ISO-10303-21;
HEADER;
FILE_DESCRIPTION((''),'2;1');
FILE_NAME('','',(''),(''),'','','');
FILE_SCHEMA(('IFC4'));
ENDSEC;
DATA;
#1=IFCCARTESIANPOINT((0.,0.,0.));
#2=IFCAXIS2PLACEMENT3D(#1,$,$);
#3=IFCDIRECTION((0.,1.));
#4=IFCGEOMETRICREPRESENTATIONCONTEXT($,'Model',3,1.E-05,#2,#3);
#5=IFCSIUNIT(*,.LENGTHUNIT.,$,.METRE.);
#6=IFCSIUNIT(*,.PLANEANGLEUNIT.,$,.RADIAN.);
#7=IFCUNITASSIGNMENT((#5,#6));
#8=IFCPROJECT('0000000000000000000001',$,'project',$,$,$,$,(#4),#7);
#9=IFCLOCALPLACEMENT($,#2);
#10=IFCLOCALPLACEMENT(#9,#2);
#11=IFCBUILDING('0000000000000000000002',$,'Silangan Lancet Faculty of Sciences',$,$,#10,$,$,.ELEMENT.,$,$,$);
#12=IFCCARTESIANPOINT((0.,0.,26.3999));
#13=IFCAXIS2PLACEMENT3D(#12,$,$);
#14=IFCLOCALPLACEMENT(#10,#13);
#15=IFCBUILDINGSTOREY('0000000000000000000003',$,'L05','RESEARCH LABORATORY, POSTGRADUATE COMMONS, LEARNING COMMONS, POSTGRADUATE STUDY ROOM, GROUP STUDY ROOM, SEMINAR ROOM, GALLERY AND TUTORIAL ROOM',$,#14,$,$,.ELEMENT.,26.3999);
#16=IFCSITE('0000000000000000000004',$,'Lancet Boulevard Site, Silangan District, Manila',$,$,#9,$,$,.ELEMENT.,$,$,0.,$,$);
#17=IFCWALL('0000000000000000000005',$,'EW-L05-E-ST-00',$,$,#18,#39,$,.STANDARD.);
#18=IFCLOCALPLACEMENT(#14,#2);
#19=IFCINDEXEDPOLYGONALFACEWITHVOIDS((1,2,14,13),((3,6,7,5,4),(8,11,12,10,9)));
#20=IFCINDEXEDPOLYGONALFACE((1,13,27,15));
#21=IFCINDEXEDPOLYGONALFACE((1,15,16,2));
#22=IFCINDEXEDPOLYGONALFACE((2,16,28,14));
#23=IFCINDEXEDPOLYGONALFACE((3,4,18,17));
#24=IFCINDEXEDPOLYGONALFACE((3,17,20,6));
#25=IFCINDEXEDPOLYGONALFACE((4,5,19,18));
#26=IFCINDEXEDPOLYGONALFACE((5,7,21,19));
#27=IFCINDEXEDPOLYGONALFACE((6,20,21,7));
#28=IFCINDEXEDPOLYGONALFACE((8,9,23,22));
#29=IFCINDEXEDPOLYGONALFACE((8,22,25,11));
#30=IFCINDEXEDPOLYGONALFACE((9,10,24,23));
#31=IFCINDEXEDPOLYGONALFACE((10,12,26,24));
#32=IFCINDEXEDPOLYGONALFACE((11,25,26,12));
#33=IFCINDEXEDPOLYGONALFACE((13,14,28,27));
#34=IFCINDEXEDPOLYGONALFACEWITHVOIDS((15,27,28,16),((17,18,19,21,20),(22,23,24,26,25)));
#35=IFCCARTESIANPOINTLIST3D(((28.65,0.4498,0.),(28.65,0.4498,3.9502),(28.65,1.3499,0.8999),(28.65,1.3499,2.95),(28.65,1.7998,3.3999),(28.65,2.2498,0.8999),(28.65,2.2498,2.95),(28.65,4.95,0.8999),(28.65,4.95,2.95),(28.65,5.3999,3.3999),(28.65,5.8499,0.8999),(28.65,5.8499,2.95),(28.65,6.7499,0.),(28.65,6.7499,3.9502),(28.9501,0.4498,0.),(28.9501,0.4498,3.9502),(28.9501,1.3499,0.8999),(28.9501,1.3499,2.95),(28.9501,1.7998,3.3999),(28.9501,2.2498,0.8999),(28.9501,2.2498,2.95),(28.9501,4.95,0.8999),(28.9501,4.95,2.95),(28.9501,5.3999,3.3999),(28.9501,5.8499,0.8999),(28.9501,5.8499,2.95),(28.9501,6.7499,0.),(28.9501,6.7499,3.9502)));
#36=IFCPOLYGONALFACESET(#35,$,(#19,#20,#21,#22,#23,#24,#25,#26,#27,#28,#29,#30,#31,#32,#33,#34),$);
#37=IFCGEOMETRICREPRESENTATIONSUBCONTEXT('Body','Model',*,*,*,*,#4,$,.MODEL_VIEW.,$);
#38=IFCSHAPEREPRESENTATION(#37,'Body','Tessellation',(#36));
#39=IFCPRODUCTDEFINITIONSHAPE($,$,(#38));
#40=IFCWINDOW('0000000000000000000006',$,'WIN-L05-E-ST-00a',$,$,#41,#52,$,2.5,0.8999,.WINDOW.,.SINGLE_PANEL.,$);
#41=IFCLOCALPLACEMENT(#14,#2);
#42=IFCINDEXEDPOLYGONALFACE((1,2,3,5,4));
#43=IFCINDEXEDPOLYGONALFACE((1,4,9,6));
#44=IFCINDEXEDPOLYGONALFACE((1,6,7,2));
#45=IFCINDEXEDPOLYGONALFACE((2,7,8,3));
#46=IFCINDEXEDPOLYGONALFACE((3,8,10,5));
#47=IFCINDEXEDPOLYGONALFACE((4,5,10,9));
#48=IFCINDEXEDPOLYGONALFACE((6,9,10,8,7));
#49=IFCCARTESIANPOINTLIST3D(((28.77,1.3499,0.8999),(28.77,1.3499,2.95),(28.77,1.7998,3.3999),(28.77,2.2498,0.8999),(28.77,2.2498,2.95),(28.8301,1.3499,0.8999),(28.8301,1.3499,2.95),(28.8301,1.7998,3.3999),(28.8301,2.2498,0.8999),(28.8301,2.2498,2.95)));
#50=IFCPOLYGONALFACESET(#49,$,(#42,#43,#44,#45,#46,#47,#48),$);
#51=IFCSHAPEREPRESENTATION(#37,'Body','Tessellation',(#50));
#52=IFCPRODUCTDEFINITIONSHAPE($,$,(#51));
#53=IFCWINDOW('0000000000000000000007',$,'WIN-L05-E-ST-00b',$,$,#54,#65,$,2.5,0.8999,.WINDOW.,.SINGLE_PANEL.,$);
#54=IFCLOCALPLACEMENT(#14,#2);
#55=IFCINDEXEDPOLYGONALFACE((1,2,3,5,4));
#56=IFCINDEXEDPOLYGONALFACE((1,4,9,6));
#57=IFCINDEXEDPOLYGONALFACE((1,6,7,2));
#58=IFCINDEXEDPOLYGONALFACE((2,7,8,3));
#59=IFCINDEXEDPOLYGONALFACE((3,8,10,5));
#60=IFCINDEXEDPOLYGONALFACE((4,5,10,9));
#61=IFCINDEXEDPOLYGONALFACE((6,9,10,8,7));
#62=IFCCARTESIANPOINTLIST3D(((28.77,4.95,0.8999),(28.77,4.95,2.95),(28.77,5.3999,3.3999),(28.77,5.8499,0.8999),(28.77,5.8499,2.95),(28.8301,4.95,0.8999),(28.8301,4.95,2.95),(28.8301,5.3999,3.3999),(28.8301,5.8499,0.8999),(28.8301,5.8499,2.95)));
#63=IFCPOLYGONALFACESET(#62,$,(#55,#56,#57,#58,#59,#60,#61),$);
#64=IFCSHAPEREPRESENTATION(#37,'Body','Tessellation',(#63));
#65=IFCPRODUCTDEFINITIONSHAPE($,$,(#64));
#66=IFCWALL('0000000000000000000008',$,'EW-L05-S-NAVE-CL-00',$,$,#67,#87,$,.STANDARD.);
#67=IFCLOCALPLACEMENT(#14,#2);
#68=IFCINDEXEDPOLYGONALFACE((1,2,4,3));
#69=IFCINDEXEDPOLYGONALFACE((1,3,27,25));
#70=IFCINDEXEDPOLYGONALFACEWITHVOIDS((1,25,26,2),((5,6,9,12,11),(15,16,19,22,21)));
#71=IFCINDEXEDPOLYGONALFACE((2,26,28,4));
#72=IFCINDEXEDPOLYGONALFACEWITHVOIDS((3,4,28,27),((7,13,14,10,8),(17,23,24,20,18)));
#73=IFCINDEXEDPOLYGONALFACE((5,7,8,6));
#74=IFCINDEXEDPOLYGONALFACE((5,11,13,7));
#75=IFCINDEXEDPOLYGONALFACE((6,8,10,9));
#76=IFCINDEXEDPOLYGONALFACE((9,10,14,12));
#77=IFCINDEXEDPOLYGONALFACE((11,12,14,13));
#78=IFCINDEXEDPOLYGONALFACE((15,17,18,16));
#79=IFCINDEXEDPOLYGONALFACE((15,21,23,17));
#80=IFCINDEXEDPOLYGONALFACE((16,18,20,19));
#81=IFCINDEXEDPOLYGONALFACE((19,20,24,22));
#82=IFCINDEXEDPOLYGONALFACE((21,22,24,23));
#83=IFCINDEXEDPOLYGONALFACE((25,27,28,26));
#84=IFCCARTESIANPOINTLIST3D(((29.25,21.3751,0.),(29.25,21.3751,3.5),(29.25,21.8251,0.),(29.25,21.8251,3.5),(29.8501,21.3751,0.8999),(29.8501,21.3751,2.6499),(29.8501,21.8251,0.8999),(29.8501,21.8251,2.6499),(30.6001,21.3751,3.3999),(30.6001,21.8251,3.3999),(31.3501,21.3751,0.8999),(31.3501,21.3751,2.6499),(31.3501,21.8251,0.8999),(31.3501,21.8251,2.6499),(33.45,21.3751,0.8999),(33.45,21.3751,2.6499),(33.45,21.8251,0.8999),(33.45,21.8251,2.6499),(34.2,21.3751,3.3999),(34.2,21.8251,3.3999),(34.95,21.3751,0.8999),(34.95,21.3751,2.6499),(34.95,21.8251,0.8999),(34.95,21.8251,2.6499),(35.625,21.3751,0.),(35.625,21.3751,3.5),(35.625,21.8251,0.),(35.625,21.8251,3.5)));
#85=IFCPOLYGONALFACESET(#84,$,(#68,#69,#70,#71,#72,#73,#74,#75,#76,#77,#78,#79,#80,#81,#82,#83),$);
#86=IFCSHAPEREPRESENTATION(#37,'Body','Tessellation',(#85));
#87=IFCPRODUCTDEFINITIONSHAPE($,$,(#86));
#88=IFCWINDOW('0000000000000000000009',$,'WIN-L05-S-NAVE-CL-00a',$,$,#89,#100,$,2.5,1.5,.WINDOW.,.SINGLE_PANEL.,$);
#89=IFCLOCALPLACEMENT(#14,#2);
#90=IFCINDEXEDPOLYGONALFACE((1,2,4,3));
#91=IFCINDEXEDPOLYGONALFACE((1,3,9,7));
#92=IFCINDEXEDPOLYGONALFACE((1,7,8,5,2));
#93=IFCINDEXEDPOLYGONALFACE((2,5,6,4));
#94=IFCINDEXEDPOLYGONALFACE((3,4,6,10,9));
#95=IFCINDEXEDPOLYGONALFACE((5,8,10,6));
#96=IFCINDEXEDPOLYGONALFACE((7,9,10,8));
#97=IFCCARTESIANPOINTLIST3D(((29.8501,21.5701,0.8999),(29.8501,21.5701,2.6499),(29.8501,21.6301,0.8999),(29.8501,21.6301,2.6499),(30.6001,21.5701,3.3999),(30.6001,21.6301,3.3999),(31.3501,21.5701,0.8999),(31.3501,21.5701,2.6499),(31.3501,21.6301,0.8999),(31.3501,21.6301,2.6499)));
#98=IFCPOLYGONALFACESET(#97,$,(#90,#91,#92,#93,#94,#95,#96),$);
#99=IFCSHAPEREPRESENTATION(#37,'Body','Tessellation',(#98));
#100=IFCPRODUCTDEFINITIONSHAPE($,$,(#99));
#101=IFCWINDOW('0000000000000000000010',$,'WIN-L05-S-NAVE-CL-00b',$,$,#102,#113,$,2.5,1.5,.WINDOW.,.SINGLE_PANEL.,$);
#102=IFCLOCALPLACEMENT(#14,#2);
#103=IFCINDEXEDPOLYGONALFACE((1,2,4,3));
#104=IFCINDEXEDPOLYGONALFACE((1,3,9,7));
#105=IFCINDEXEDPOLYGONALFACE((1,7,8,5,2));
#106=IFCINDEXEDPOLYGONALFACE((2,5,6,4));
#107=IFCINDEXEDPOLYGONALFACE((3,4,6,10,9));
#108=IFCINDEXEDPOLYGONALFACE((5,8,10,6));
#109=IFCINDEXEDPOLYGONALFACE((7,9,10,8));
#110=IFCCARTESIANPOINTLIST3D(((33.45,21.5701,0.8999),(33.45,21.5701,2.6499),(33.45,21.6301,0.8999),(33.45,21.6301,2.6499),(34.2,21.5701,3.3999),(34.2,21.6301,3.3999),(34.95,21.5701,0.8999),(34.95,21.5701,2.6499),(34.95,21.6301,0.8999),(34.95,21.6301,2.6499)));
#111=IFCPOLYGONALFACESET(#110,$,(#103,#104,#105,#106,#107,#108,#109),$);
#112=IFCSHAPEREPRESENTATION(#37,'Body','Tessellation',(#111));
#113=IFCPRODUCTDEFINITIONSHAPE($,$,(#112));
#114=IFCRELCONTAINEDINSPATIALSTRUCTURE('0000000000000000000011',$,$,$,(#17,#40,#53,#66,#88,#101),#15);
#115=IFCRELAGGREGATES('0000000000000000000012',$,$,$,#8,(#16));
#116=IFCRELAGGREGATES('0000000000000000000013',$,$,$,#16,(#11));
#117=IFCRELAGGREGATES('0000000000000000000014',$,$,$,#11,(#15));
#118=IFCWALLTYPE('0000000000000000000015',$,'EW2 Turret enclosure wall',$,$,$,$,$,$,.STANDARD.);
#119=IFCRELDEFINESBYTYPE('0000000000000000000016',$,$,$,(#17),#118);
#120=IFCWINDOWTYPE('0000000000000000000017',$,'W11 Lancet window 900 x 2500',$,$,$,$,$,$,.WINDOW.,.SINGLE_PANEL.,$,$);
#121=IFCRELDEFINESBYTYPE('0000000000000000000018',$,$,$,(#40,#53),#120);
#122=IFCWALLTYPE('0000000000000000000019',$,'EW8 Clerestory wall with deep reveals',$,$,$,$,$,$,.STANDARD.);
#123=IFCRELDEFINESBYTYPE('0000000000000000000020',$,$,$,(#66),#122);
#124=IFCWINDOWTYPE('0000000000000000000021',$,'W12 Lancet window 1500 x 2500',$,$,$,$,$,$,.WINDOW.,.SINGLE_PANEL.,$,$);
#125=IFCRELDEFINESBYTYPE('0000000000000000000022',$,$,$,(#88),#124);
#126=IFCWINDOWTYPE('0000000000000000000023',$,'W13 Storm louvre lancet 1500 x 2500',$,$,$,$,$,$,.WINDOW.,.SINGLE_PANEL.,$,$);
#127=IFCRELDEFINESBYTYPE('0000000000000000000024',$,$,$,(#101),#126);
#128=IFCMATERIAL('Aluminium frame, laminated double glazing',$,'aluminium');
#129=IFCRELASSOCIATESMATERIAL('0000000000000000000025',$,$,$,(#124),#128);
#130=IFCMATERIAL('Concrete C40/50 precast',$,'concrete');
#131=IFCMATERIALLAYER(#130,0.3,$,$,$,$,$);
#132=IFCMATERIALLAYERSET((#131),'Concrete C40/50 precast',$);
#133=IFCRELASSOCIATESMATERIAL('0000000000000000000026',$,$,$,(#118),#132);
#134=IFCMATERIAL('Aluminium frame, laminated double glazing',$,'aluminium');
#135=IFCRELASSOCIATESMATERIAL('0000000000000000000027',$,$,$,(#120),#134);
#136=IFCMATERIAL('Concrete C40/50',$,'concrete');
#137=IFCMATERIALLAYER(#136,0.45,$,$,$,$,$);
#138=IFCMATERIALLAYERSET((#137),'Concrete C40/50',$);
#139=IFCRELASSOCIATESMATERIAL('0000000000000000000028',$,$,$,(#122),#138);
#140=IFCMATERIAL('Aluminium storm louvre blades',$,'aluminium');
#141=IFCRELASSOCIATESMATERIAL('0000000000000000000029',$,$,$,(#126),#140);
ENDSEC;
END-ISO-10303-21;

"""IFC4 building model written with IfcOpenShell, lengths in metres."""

from ifc_helpers import new_model, si_unit, direction, frame, frame_2d, origin, place, context, subcontext, project, spatial, polyline, rectangle, outline, extrude, material, layer, layer_set, type_object, element, fill, save


model = new_model("IFC4")

# Units and contexts
model_context = context("Model", 3, precision=1e-05, world=origin(), true_north=direction((0.0, 1.0)))
body_context = subcontext(model_context, "Body", "Model", "MODEL_VIEW")
ifc_project = project(units=[si_unit("LENGTHUNIT", "METRE"), si_unit("PLANEANGLEUNIT", "RADIAN")], contexts=[model_context])

# Site, building, storey
site_placement = place(None, origin())
site = spatial("IfcSite", under=ifc_project, at=site_placement, Name="Lancet Boulevard Site, Silangan District, Manila", CompositionType="ELEMENT", RefElevation=0.0)
building_placement = place(site_placement, origin())
building = spatial("IfcBuilding", under=site, at=building_placement, Name="Silangan Lancet Faculty of Sciences", CompositionType="ELEMENT")
storey_placement = place(building_placement, frame((0.0, 0.0, 26.3999)))
storey = spatial("IfcBuildingStorey", under=building, at=storey_placement, Name="L05", Description="RESEARCH LABORATORY, POSTGRADUATE COMMONS, LEARNING COMMONS, POSTGRADUATE STUDY ROOM, GROUP STUDY ROOM, SEMINAR ROOM, GALLERY AND TUTORIAL ROOM", CompositionType="ELEMENT", Elevation=26.3999)

# Shared definitions
ifc_material_1 = material(Name="Aluminium frame, laminated double glazing", Category="aluminium")
window_type_1 = type_object("IfcWindowType", Name="W12 Lancet window 1500 x 2500", PartitioningType="SINGLE_PANEL", PredefinedType="WINDOW", material=ifc_material_1)

# Walls, openings, windows
ifc_material_2 = material(Name="Concrete C40/50 precast", Category="concrete")
ifc_layer_1 = layer(ifc_material_2, 0.3)
ifc_layer_set_1 = layer_set([ifc_layer_1], Name="Concrete C40/50 precast")
wall_type_1 = type_object("IfcWallType", Name="EW2 Turret enclosure wall", PredefinedType="STANDARD", material=ifc_layer_set_1)
wall_1_placement = place(storey_placement, frame((28.8, 0.45, 0.0), z_axis=(0.0, 0.0, 1.0), x_axis=(0.0, 1.0, 0.0)))
wall_1 = element("IfcWall", 1, at=wall_1_placement, inside=storey, type_object=wall_type_1, Name="EW-L05-E-ST-00", PredefinedType="STANDARD", context=body_context, shape_type="SweptSolid", body=[
    extrude(rectangle(XDim=6.3, YDim=0.3, at=frame_2d((3.1499, 0.0))), origin(), (0.0, 0.0, 1.0), 3.9502),
])
opening_1_placement = place(wall_1_placement, frame((0.8999, 0.0, 0.8999)))
opening_1 = element("IfcOpeningElement", 2, at=opening_1_placement, cuts=wall_1, PredefinedType="OPENING", context=body_context, shape_type="SweptSolid", body=[
    extrude(outline(polyline([(0.0, 0.0), (0.8999, 0.0), (0.8999, 2.05), (0.45, 2.5), (0.0, 2.05), (0.0, 0.0)])), frame((0.0, 0.1599, 0.0), z_axis=(0.0, -1.0, 0.0), x_axis=(1.0, 0.0, 0.0)), (0.0, 0.0, 1.0), 0.3201),
])
opening_2_placement = place(wall_1_placement, frame((4.5, 0.0, 0.8999)))
opening_2 = element("IfcOpeningElement", 3, at=opening_2_placement, cuts=wall_1, PredefinedType="OPENING", context=body_context, shape_type="SweptSolid", body=[
    extrude(outline(polyline([(0.0, 0.0), (0.8999, 0.0), (0.8999, 2.05), (0.45, 2.5), (0.0, 2.05), (0.0, 0.0)])), frame((0.0, 0.1599, 0.0), z_axis=(0.0, -1.0, 0.0), x_axis=(1.0, 0.0, 0.0)), (0.0, 0.0, 1.0), 0.3201),
])
ifc_material_3 = material(Name="Aluminium frame, laminated double glazing", Category="aluminium")
window_type_2 = type_object("IfcWindowType", Name="W11 Lancet window 900 x 2500", PartitioningType="SINGLE_PANEL", PredefinedType="WINDOW", material=ifc_material_3)
window_1_placement = place(opening_1_placement, origin())
window_1 = element("IfcWindow", 4, at=window_1_placement, inside=storey, type_object=window_type_2, Name="WIN-L05-E-ST-00a", OverallHeight=2.5, OverallWidth=0.8999, PartitioningType="SINGLE_PANEL", PredefinedType="WINDOW", context=body_context, shape_type="SweptSolid", body=[
    extrude(outline(polyline([(0.0, 0.0), (0.8999, 0.0), (0.8999, 2.05), (0.45, 2.5), (0.0, 2.05), (0.0, 0.0)])), frame((0.0, 0.03, 0.0), z_axis=(0.0, -1.0, 0.0), x_axis=(1.0, 0.0, 0.0)), (0.0, 0.0, 1.0), 0.0601),
])
fill(opening_1, window_1)
window_2_placement = place(opening_2_placement, origin())
window_2 = element("IfcWindow", 5, at=window_2_placement, inside=storey, type_object=window_type_2, Name="WIN-L05-E-ST-00b", OverallHeight=2.5, OverallWidth=0.8999, PartitioningType="SINGLE_PANEL", PredefinedType="WINDOW", context=body_context, shape_type="SweptSolid", body=[
    extrude(outline(polyline([(0.0, 0.0), (0.8999, 0.0), (0.8999, 2.05), (0.45, 2.5), (0.0, 2.05), (0.0, 0.0)])), frame((0.0, 0.03, 0.0), z_axis=(0.0, -1.0, 0.0), x_axis=(1.0, 0.0, 0.0)), (0.0, 0.0, 1.0), 0.0601),
])
fill(opening_2, window_2)
ifc_material_4 = material(Name="Concrete C40/50", Category="concrete")
ifc_layer_2 = layer(ifc_material_4, 0.45)
ifc_layer_set_2 = layer_set([ifc_layer_2], Name="Concrete C40/50")
wall_type_2 = type_object("IfcWallType", Name="EW8 Clerestory wall with deep reveals", PredefinedType="STANDARD", material=ifc_layer_set_2)
wall_2_placement = place(storey_placement, frame((29.25, 21.6001, 0.0), z_axis=(0.0, 0.0, 1.0), x_axis=(1.0, 0.0, 0.0)))
wall_2 = element("IfcWall", 6, at=wall_2_placement, inside=storey, type_object=wall_type_2, Name="EW-L05-S-NAVE-CL-00", PredefinedType="STANDARD", context=body_context, shape_type="SweptSolid", body=[
    extrude(rectangle(XDim=6.375, YDim=0.45, at=frame_2d((3.1875, 0.0))), origin(), (0.0, 0.0, 1.0), 3.5),
])
opening_3_placement = place(wall_2_placement, frame((0.6001, 0.0, 0.8999)))
opening_3 = element("IfcOpeningElement", 7, at=opening_3_placement, cuts=wall_2, PredefinedType="OPENING", context=body_context, shape_type="SweptSolid", body=[
    extrude(outline(polyline([(0.0, 0.0), (1.5, 0.0), (1.5, 1.75), (0.75, 2.5), (0.0, 1.75), (0.0, 0.0)])), frame((0.0, 0.2349, 0.0), z_axis=(0.0, -1.0, 0.0), x_axis=(1.0, 0.0, 0.0)), (0.0, 0.0, 1.0), 0.47),
])
opening_4_placement = place(wall_2_placement, frame((4.2, 0.0, 0.8999)))
opening_4 = element("IfcOpeningElement", 8, at=opening_4_placement, cuts=wall_2, PredefinedType="OPENING", context=body_context, shape_type="SweptSolid", body=[
    extrude(outline(polyline([(0.0, 0.0), (1.5, 0.0), (1.5, 1.75), (0.75, 2.5), (0.0, 1.75), (0.0, 0.0)])), frame((0.0, 0.2349, 0.0), z_axis=(0.0, -1.0, 0.0), x_axis=(1.0, 0.0, 0.0)), (0.0, 0.0, 1.0), 0.47),
])
window_3_placement = place(opening_3_placement, origin())
window_3 = element("IfcWindow", 9, at=window_3_placement, inside=storey, type_object=window_type_1, Name="WIN-L05-S-NAVE-CL-00a", OverallHeight=2.5, OverallWidth=1.5, PartitioningType="SINGLE_PANEL", PredefinedType="WINDOW", context=body_context, shape_type="SweptSolid", body=[
    extrude(outline(polyline([(0.0, 0.0), (1.5, 0.0), (1.5, 1.75), (0.75, 2.5), (0.0, 1.75), (0.0, 0.0)])), frame((0.0, 0.03, 0.0), z_axis=(0.0, -1.0, 0.0), x_axis=(1.0, 0.0, 0.0)), (0.0, 0.0, 1.0), 0.0601),
])
fill(opening_3, window_3)
ifc_material_5 = material(Name="Aluminium storm louvre blades", Category="aluminium")
window_type_3 = type_object("IfcWindowType", Name="W13 Storm louvre lancet 1500 x 2500", PartitioningType="SINGLE_PANEL", PredefinedType="WINDOW", material=ifc_material_5)
window_4_placement = place(opening_4_placement, origin())
window_4 = element("IfcWindow", 10, at=window_4_placement, inside=storey, type_object=window_type_3, Name="WIN-L05-S-NAVE-CL-00b", OverallHeight=2.5, OverallWidth=1.5, PartitioningType="SINGLE_PANEL", PredefinedType="WINDOW", context=body_context, shape_type="SweptSolid", body=[
    extrude(outline(polyline([(0.0, 0.0), (1.5, 0.0), (1.5, 1.75), (0.75, 2.5), (0.0, 1.75), (0.0, 0.0)])), frame((0.0, 0.03, 0.0), z_axis=(0.0, -1.0, 0.0), x_axis=(1.0, 0.0, 0.0)), (0.0, 0.0, 1.0), 0.0601),
])
fill(opening_4, window_4)

save(model, "model.ifc")
